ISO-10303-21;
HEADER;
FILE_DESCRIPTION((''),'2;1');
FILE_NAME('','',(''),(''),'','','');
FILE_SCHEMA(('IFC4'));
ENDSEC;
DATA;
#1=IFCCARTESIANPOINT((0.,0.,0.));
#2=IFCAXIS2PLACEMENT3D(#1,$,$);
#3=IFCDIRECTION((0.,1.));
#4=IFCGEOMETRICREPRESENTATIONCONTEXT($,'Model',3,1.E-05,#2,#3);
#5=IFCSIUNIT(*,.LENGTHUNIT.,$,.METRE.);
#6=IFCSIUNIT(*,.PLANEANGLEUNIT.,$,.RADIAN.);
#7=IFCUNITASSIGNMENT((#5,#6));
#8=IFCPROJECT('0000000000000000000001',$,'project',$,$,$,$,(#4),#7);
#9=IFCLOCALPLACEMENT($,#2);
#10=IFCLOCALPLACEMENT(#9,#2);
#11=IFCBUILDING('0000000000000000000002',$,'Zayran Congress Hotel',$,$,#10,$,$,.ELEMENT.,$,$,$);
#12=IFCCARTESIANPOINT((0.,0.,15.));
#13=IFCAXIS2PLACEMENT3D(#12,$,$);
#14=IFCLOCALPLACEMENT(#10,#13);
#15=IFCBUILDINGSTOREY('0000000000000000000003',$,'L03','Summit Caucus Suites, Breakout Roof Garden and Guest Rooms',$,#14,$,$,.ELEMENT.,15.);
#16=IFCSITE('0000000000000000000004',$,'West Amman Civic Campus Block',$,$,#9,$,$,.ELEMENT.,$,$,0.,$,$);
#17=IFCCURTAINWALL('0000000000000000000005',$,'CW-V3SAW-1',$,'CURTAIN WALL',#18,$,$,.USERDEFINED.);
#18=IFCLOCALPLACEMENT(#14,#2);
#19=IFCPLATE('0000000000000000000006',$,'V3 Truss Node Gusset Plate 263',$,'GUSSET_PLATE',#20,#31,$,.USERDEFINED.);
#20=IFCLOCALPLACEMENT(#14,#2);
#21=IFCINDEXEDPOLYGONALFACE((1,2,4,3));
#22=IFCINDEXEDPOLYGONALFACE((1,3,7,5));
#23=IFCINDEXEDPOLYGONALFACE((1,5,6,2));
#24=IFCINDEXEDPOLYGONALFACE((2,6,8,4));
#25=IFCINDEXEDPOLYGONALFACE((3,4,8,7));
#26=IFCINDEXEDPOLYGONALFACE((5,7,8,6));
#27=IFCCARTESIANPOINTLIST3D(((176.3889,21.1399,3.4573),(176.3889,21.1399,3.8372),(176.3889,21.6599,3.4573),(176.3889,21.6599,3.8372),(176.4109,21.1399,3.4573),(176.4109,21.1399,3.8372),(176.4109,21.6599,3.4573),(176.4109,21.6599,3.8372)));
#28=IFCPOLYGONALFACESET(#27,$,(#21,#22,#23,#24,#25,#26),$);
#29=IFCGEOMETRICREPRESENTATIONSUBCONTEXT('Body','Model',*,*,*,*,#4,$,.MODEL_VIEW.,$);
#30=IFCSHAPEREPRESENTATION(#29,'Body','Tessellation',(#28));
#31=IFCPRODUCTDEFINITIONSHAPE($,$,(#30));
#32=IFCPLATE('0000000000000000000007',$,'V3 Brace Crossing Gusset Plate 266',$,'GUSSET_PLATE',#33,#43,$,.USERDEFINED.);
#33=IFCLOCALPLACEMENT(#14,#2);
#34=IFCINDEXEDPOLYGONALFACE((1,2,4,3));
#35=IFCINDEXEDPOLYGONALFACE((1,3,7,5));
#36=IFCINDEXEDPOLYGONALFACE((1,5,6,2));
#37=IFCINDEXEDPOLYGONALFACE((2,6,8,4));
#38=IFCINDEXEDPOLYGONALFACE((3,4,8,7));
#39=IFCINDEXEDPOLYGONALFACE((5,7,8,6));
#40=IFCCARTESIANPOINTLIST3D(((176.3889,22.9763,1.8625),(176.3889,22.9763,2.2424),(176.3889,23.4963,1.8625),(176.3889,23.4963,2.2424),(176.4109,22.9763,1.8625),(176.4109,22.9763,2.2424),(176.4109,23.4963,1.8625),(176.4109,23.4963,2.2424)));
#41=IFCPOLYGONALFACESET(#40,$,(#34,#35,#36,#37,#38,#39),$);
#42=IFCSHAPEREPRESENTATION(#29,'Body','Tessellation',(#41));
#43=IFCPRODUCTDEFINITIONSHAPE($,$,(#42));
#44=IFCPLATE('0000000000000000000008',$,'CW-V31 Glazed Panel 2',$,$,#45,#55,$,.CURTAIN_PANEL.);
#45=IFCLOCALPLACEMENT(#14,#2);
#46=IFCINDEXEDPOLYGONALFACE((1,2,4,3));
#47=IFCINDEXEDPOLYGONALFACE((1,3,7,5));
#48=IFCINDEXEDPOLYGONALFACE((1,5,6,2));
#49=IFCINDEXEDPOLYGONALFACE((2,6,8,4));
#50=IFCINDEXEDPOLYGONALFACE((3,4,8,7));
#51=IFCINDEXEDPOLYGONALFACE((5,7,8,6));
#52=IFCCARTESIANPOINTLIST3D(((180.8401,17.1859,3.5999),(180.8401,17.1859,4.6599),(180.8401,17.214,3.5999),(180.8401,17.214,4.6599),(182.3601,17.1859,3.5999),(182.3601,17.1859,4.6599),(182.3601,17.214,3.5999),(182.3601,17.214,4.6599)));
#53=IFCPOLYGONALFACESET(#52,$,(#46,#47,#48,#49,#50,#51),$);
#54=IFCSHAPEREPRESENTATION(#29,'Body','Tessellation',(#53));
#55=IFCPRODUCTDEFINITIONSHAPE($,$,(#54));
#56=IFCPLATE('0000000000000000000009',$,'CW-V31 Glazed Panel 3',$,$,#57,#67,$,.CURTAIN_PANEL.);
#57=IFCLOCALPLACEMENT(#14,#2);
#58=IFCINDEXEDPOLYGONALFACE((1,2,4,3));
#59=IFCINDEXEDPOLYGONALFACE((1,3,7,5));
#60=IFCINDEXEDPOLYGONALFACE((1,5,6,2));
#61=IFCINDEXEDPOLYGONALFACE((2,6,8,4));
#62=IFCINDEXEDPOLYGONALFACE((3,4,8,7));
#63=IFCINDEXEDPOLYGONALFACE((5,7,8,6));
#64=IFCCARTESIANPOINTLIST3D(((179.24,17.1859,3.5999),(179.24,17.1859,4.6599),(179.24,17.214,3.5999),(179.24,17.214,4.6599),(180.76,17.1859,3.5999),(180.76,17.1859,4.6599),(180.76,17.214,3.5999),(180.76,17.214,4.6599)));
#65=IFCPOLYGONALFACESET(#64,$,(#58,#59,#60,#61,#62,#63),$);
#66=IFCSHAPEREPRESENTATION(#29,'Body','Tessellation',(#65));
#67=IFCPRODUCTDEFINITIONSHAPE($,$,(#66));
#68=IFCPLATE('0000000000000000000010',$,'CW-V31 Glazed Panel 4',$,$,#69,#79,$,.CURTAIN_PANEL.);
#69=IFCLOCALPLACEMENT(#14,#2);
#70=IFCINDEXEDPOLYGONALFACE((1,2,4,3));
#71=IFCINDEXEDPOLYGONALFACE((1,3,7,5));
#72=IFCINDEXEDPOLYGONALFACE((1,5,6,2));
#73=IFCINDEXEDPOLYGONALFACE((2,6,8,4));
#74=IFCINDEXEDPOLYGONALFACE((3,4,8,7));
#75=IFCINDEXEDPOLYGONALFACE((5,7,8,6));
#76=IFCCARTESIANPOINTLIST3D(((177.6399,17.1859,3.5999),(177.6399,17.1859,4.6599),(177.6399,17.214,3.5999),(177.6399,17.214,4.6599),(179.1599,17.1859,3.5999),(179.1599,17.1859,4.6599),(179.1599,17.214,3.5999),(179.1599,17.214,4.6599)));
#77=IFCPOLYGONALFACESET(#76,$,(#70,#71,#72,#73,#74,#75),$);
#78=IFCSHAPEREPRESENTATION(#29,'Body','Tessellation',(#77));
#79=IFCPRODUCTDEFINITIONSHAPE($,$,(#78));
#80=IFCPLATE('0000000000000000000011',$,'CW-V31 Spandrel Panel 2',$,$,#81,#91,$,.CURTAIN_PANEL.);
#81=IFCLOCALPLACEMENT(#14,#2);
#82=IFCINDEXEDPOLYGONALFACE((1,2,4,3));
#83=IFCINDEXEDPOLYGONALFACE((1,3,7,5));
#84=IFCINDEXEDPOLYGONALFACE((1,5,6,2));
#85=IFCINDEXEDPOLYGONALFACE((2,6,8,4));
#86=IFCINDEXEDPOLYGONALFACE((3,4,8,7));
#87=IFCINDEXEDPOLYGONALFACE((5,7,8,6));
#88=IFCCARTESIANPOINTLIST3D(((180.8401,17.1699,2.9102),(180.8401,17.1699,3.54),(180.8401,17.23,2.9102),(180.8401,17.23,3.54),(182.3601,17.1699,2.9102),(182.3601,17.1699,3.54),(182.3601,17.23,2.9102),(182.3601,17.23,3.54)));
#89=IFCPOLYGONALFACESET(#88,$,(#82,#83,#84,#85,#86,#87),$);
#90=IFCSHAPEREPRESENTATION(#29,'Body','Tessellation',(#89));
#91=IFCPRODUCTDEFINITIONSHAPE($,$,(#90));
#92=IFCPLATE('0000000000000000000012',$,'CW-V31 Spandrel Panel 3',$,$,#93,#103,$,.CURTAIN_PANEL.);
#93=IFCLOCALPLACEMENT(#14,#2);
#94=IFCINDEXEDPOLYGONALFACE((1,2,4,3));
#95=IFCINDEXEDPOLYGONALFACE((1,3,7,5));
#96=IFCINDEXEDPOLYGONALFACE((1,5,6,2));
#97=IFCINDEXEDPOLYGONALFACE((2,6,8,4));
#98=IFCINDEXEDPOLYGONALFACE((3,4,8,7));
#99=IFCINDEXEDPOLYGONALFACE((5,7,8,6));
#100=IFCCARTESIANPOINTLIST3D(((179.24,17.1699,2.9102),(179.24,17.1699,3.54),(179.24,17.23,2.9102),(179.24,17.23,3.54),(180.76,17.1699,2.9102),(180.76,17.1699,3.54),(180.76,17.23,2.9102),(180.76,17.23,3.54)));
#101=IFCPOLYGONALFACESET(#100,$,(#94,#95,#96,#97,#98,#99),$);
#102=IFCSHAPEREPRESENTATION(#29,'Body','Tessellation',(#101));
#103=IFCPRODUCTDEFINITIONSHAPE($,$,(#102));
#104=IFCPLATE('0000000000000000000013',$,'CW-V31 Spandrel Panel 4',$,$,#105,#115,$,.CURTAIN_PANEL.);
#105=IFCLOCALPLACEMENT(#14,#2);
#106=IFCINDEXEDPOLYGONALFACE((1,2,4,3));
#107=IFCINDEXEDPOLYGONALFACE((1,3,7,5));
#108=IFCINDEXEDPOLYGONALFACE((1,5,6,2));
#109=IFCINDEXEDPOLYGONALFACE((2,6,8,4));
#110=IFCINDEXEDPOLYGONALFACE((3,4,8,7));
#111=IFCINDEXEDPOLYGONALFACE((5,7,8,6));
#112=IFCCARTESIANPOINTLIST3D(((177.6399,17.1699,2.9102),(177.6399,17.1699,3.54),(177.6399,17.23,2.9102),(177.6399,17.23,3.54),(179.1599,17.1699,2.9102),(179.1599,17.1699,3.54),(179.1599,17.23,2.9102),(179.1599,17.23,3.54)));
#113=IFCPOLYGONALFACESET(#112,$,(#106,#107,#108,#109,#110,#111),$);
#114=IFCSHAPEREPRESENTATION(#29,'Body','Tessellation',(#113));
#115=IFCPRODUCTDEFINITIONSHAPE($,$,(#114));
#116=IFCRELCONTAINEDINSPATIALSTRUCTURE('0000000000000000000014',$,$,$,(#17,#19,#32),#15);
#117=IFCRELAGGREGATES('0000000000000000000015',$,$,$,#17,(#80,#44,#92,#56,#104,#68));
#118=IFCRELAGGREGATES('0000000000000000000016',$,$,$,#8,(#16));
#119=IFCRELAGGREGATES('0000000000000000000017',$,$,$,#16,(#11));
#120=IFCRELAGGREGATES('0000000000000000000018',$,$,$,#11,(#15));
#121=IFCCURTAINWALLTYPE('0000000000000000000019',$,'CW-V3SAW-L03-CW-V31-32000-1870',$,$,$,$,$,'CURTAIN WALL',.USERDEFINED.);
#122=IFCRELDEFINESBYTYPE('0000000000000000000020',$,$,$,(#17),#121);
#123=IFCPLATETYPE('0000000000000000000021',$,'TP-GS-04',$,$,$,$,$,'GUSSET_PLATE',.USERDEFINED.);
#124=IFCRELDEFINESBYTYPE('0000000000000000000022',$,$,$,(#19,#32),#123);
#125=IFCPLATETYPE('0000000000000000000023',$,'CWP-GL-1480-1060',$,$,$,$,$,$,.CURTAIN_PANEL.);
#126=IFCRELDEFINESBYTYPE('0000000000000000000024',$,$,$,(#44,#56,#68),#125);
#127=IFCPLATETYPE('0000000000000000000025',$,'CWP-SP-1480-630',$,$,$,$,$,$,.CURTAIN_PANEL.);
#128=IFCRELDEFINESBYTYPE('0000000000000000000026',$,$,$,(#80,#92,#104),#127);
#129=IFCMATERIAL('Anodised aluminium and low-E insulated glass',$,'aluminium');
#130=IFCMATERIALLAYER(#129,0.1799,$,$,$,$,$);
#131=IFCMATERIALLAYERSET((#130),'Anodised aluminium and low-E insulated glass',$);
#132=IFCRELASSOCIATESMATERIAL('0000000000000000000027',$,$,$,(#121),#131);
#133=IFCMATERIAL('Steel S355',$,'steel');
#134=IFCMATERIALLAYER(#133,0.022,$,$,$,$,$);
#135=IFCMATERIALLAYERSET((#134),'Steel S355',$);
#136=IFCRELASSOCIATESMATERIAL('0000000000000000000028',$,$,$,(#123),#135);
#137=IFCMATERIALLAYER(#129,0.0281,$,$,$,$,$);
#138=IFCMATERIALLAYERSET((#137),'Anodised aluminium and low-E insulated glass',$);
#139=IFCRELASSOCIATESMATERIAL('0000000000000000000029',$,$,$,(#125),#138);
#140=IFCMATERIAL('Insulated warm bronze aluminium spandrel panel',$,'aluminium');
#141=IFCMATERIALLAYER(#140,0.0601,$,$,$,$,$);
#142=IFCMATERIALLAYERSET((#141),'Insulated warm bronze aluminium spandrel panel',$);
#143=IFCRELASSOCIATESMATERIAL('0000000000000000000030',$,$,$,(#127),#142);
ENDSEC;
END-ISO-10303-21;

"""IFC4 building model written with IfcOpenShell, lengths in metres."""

from ifc_helpers import new_model, si_unit, direction, frame, origin, origin_2d, place, context, subcontext, project, spatial, rectangle, extrude, material, layer, layer_set, type_object, element, aggregate, save


model = new_model("IFC4")

# Units and contexts
model_context = context("Model", 3, precision=1e-05, world=origin(), true_north=direction((0.0, 1.0)))
body_context = subcontext(model_context, "Body", "Model", "MODEL_VIEW")
ifc_project = project(units=[si_unit("LENGTHUNIT", "METRE"), si_unit("PLANEANGLEUNIT", "RADIAN")], contexts=[model_context])

# Site, building, storey
site_placement = place(None, origin())
site = spatial("IfcSite", under=ifc_project, at=site_placement, Name="West Amman Civic Campus Block", CompositionType="ELEMENT", RefElevation=0.0)
building_placement = place(site_placement, origin())
building = spatial("IfcBuilding", under=site, at=building_placement, Name="Zayran Congress Hotel", CompositionType="ELEMENT")
storey_placement = place(building_placement, frame((0.0, 0.0, 15.0)))
storey = spatial("IfcBuildingStorey", under=building, at=storey_placement, Name="L03", Description="Summit Caucus Suites, Breakout Roof Garden and Guest Rooms", CompositionType="ELEMENT", Elevation=15.0)

# Shared definitions
ifc_material_1 = material(Name="Steel S355", Category="steel")

# Curtain wall
ifc_material_2 = material(Name="Anodised aluminium and low-E insulated glass", Category="aluminium")
ifc_layer_1 = layer(ifc_material_2, 0.1799)
ifc_layer_set_1 = layer_set([ifc_layer_1], Name="Anodised aluminium and low-E insulated glass")
curtain_wall_type = type_object("IfcCurtainWallType", Name="CW-V3SAW-L03-CW-V31-32000-1870", ElementType="CURTAIN WALL", PredefinedType="USERDEFINED", material=ifc_layer_set_1)
curtain_wall_1_placement = place(storey_placement, origin())
curtain_wall_1 = element("IfcCurtainWall", 1, at=curtain_wall_1_placement, inside=storey, type_object=curtain_wall_type, Name="CW-V3SAW-1", ObjectType="CURTAIN WALL", PredefinedType="USERDEFINED")

# Plates
ifc_layer_2 = layer(ifc_material_1, 0.022)
ifc_layer_set_2 = layer_set([ifc_layer_2], Name="Steel S355")
plate_type_1 = type_object("IfcPlateType", Name="TP-GS-04", ElementType="GUSSET_PLATE", PredefinedType="USERDEFINED", material=ifc_layer_set_2)
for number, where, z_axis, x_axis, name in (
    (2, (176.3999, 21.3999, 3.4573), (0.0, 0.0, 1.0), (0.0, 1.0, 0.0), "V3 Truss Node Gusset Plate 263"),
    (3, (176.3999, 23.2363, 1.8625), (0.0, 0.0, 1.0), (0.0, 1.0, 0.0), "V3 Brace Crossing Gusset Plate 266"),
):
    element("IfcPlate", number, at=place(storey_placement, frame(where, z_axis=z_axis, x_axis=x_axis)), inside=storey, type_object=plate_type_1, Name=name, ObjectType="GUSSET_PLATE", PredefinedType="USERDEFINED", context=body_context, shape_type="SweptSolid", body=[
        extrude(rectangle(XDim=0.52, YDim=0.022, at=origin_2d()), origin(), (0.0, 0.0, 1.0), 0.3799),
    ])

# Plates
ifc_layer_3 = layer(ifc_material_2, 0.0281)
ifc_layer_set_3 = layer_set([ifc_layer_3], Name="Anodised aluminium and low-E insulated glass")
plate_type_2 = type_object("IfcPlateType", Name="CWP-GL-1480-1060", PredefinedType="CURTAIN_PANEL", material=ifc_layer_set_3)
plate_1_placement = place(storey_placement, frame((181.6001, 17.2, 3.5999), z_axis=(0.0, 0.0, 1.0), x_axis=(1.0, 0.0, 0.0)))
plate_1 = element("IfcPlate", 4, at=plate_1_placement, type_object=plate_type_2, Name="CW-V31 Glazed Panel 2", PredefinedType="CURTAIN_PANEL", context=body_context, shape_type="SweptSolid", body=[
    extrude(rectangle(XDim=1.52, YDim=0.0281, at=origin_2d()), origin(), (0.0, 0.0, 1.0), 1.0601),
])
plate_2_placement = place(storey_placement, frame((180.0, 17.2, 3.5999), z_axis=(0.0, 0.0, 1.0), x_axis=(1.0, 0.0, 0.0)))
plate_2 = element("IfcPlate", 5, at=plate_2_placement, type_object=plate_type_2, Name="CW-V31 Glazed Panel 3", PredefinedType="CURTAIN_PANEL", context=body_context, shape_type="SweptSolid", body=[
    extrude(rectangle(XDim=1.52, YDim=0.0281, at=origin_2d()), origin(), (0.0, 0.0, 1.0), 1.0601),
])
plate_3_placement = place(storey_placement, frame((178.3999, 17.2, 3.5999), z_axis=(0.0, 0.0, 1.0), x_axis=(1.0, 0.0, 0.0)))
plate_3 = element("IfcPlate", 6, at=plate_3_placement, type_object=plate_type_2, Name="CW-V31 Glazed Panel 4", PredefinedType="CURTAIN_PANEL", context=body_context, shape_type="SweptSolid", body=[
    extrude(rectangle(XDim=1.52, YDim=0.0281, at=origin_2d()), origin(), (0.0, 0.0, 1.0), 1.0601),
])
ifc_material_3 = material(Name="Insulated warm bronze aluminium spandrel panel", Category="aluminium")
ifc_layer_4 = layer(ifc_material_3, 0.0601)
ifc_layer_set_4 = layer_set([ifc_layer_4], Name="Insulated warm bronze aluminium spandrel panel")
plate_type_3 = type_object("IfcPlateType", Name="CWP-SP-1480-630", PredefinedType="CURTAIN_PANEL", material=ifc_layer_set_4)
plate_4_placement = place(storey_placement, frame((181.6001, 17.2, 2.9102), z_axis=(0.0, 0.0, 1.0), x_axis=(1.0, 0.0, 0.0)))
plate_4 = element("IfcPlate", 7, at=plate_4_placement, type_object=plate_type_3, Name="CW-V31 Spandrel Panel 2", PredefinedType="CURTAIN_PANEL", context=body_context, shape_type="SweptSolid", body=[
    extrude(rectangle(XDim=1.52, YDim=0.0601, at=origin_2d()), origin(), (0.0, 0.0, 1.0), 0.6299),
])
plate_5_placement = place(storey_placement, frame((180.0, 17.2, 2.9102), z_axis=(0.0, 0.0, 1.0), x_axis=(1.0, 0.0, 0.0)))
plate_5 = element("IfcPlate", 8, at=plate_5_placement, type_object=plate_type_3, Name="CW-V31 Spandrel Panel 3", PredefinedType="CURTAIN_PANEL", context=body_context, shape_type="SweptSolid", body=[
    extrude(rectangle(XDim=1.52, YDim=0.0601, at=origin_2d()), origin(), (0.0, 0.0, 1.0), 0.6299),
])
plate_6_placement = place(storey_placement, frame((178.3999, 17.2, 2.9102), z_axis=(0.0, 0.0, 1.0), x_axis=(1.0, 0.0, 0.0)))
plate_6 = element("IfcPlate", 9, at=plate_6_placement, type_object=plate_type_3, Name="CW-V31 Spandrel Panel 4", PredefinedType="CURTAIN_PANEL", context=body_context, shape_type="SweptSolid", body=[
    extrude(rectangle(XDim=1.52, YDim=0.0601, at=origin_2d()), origin(), (0.0, 0.0, 1.0), 0.6299),
])
aggregate(curtain_wall_1, [plate_4, plate_1, plate_5, plate_2, plate_6, plate_3])

save(model, "model.ifc")
